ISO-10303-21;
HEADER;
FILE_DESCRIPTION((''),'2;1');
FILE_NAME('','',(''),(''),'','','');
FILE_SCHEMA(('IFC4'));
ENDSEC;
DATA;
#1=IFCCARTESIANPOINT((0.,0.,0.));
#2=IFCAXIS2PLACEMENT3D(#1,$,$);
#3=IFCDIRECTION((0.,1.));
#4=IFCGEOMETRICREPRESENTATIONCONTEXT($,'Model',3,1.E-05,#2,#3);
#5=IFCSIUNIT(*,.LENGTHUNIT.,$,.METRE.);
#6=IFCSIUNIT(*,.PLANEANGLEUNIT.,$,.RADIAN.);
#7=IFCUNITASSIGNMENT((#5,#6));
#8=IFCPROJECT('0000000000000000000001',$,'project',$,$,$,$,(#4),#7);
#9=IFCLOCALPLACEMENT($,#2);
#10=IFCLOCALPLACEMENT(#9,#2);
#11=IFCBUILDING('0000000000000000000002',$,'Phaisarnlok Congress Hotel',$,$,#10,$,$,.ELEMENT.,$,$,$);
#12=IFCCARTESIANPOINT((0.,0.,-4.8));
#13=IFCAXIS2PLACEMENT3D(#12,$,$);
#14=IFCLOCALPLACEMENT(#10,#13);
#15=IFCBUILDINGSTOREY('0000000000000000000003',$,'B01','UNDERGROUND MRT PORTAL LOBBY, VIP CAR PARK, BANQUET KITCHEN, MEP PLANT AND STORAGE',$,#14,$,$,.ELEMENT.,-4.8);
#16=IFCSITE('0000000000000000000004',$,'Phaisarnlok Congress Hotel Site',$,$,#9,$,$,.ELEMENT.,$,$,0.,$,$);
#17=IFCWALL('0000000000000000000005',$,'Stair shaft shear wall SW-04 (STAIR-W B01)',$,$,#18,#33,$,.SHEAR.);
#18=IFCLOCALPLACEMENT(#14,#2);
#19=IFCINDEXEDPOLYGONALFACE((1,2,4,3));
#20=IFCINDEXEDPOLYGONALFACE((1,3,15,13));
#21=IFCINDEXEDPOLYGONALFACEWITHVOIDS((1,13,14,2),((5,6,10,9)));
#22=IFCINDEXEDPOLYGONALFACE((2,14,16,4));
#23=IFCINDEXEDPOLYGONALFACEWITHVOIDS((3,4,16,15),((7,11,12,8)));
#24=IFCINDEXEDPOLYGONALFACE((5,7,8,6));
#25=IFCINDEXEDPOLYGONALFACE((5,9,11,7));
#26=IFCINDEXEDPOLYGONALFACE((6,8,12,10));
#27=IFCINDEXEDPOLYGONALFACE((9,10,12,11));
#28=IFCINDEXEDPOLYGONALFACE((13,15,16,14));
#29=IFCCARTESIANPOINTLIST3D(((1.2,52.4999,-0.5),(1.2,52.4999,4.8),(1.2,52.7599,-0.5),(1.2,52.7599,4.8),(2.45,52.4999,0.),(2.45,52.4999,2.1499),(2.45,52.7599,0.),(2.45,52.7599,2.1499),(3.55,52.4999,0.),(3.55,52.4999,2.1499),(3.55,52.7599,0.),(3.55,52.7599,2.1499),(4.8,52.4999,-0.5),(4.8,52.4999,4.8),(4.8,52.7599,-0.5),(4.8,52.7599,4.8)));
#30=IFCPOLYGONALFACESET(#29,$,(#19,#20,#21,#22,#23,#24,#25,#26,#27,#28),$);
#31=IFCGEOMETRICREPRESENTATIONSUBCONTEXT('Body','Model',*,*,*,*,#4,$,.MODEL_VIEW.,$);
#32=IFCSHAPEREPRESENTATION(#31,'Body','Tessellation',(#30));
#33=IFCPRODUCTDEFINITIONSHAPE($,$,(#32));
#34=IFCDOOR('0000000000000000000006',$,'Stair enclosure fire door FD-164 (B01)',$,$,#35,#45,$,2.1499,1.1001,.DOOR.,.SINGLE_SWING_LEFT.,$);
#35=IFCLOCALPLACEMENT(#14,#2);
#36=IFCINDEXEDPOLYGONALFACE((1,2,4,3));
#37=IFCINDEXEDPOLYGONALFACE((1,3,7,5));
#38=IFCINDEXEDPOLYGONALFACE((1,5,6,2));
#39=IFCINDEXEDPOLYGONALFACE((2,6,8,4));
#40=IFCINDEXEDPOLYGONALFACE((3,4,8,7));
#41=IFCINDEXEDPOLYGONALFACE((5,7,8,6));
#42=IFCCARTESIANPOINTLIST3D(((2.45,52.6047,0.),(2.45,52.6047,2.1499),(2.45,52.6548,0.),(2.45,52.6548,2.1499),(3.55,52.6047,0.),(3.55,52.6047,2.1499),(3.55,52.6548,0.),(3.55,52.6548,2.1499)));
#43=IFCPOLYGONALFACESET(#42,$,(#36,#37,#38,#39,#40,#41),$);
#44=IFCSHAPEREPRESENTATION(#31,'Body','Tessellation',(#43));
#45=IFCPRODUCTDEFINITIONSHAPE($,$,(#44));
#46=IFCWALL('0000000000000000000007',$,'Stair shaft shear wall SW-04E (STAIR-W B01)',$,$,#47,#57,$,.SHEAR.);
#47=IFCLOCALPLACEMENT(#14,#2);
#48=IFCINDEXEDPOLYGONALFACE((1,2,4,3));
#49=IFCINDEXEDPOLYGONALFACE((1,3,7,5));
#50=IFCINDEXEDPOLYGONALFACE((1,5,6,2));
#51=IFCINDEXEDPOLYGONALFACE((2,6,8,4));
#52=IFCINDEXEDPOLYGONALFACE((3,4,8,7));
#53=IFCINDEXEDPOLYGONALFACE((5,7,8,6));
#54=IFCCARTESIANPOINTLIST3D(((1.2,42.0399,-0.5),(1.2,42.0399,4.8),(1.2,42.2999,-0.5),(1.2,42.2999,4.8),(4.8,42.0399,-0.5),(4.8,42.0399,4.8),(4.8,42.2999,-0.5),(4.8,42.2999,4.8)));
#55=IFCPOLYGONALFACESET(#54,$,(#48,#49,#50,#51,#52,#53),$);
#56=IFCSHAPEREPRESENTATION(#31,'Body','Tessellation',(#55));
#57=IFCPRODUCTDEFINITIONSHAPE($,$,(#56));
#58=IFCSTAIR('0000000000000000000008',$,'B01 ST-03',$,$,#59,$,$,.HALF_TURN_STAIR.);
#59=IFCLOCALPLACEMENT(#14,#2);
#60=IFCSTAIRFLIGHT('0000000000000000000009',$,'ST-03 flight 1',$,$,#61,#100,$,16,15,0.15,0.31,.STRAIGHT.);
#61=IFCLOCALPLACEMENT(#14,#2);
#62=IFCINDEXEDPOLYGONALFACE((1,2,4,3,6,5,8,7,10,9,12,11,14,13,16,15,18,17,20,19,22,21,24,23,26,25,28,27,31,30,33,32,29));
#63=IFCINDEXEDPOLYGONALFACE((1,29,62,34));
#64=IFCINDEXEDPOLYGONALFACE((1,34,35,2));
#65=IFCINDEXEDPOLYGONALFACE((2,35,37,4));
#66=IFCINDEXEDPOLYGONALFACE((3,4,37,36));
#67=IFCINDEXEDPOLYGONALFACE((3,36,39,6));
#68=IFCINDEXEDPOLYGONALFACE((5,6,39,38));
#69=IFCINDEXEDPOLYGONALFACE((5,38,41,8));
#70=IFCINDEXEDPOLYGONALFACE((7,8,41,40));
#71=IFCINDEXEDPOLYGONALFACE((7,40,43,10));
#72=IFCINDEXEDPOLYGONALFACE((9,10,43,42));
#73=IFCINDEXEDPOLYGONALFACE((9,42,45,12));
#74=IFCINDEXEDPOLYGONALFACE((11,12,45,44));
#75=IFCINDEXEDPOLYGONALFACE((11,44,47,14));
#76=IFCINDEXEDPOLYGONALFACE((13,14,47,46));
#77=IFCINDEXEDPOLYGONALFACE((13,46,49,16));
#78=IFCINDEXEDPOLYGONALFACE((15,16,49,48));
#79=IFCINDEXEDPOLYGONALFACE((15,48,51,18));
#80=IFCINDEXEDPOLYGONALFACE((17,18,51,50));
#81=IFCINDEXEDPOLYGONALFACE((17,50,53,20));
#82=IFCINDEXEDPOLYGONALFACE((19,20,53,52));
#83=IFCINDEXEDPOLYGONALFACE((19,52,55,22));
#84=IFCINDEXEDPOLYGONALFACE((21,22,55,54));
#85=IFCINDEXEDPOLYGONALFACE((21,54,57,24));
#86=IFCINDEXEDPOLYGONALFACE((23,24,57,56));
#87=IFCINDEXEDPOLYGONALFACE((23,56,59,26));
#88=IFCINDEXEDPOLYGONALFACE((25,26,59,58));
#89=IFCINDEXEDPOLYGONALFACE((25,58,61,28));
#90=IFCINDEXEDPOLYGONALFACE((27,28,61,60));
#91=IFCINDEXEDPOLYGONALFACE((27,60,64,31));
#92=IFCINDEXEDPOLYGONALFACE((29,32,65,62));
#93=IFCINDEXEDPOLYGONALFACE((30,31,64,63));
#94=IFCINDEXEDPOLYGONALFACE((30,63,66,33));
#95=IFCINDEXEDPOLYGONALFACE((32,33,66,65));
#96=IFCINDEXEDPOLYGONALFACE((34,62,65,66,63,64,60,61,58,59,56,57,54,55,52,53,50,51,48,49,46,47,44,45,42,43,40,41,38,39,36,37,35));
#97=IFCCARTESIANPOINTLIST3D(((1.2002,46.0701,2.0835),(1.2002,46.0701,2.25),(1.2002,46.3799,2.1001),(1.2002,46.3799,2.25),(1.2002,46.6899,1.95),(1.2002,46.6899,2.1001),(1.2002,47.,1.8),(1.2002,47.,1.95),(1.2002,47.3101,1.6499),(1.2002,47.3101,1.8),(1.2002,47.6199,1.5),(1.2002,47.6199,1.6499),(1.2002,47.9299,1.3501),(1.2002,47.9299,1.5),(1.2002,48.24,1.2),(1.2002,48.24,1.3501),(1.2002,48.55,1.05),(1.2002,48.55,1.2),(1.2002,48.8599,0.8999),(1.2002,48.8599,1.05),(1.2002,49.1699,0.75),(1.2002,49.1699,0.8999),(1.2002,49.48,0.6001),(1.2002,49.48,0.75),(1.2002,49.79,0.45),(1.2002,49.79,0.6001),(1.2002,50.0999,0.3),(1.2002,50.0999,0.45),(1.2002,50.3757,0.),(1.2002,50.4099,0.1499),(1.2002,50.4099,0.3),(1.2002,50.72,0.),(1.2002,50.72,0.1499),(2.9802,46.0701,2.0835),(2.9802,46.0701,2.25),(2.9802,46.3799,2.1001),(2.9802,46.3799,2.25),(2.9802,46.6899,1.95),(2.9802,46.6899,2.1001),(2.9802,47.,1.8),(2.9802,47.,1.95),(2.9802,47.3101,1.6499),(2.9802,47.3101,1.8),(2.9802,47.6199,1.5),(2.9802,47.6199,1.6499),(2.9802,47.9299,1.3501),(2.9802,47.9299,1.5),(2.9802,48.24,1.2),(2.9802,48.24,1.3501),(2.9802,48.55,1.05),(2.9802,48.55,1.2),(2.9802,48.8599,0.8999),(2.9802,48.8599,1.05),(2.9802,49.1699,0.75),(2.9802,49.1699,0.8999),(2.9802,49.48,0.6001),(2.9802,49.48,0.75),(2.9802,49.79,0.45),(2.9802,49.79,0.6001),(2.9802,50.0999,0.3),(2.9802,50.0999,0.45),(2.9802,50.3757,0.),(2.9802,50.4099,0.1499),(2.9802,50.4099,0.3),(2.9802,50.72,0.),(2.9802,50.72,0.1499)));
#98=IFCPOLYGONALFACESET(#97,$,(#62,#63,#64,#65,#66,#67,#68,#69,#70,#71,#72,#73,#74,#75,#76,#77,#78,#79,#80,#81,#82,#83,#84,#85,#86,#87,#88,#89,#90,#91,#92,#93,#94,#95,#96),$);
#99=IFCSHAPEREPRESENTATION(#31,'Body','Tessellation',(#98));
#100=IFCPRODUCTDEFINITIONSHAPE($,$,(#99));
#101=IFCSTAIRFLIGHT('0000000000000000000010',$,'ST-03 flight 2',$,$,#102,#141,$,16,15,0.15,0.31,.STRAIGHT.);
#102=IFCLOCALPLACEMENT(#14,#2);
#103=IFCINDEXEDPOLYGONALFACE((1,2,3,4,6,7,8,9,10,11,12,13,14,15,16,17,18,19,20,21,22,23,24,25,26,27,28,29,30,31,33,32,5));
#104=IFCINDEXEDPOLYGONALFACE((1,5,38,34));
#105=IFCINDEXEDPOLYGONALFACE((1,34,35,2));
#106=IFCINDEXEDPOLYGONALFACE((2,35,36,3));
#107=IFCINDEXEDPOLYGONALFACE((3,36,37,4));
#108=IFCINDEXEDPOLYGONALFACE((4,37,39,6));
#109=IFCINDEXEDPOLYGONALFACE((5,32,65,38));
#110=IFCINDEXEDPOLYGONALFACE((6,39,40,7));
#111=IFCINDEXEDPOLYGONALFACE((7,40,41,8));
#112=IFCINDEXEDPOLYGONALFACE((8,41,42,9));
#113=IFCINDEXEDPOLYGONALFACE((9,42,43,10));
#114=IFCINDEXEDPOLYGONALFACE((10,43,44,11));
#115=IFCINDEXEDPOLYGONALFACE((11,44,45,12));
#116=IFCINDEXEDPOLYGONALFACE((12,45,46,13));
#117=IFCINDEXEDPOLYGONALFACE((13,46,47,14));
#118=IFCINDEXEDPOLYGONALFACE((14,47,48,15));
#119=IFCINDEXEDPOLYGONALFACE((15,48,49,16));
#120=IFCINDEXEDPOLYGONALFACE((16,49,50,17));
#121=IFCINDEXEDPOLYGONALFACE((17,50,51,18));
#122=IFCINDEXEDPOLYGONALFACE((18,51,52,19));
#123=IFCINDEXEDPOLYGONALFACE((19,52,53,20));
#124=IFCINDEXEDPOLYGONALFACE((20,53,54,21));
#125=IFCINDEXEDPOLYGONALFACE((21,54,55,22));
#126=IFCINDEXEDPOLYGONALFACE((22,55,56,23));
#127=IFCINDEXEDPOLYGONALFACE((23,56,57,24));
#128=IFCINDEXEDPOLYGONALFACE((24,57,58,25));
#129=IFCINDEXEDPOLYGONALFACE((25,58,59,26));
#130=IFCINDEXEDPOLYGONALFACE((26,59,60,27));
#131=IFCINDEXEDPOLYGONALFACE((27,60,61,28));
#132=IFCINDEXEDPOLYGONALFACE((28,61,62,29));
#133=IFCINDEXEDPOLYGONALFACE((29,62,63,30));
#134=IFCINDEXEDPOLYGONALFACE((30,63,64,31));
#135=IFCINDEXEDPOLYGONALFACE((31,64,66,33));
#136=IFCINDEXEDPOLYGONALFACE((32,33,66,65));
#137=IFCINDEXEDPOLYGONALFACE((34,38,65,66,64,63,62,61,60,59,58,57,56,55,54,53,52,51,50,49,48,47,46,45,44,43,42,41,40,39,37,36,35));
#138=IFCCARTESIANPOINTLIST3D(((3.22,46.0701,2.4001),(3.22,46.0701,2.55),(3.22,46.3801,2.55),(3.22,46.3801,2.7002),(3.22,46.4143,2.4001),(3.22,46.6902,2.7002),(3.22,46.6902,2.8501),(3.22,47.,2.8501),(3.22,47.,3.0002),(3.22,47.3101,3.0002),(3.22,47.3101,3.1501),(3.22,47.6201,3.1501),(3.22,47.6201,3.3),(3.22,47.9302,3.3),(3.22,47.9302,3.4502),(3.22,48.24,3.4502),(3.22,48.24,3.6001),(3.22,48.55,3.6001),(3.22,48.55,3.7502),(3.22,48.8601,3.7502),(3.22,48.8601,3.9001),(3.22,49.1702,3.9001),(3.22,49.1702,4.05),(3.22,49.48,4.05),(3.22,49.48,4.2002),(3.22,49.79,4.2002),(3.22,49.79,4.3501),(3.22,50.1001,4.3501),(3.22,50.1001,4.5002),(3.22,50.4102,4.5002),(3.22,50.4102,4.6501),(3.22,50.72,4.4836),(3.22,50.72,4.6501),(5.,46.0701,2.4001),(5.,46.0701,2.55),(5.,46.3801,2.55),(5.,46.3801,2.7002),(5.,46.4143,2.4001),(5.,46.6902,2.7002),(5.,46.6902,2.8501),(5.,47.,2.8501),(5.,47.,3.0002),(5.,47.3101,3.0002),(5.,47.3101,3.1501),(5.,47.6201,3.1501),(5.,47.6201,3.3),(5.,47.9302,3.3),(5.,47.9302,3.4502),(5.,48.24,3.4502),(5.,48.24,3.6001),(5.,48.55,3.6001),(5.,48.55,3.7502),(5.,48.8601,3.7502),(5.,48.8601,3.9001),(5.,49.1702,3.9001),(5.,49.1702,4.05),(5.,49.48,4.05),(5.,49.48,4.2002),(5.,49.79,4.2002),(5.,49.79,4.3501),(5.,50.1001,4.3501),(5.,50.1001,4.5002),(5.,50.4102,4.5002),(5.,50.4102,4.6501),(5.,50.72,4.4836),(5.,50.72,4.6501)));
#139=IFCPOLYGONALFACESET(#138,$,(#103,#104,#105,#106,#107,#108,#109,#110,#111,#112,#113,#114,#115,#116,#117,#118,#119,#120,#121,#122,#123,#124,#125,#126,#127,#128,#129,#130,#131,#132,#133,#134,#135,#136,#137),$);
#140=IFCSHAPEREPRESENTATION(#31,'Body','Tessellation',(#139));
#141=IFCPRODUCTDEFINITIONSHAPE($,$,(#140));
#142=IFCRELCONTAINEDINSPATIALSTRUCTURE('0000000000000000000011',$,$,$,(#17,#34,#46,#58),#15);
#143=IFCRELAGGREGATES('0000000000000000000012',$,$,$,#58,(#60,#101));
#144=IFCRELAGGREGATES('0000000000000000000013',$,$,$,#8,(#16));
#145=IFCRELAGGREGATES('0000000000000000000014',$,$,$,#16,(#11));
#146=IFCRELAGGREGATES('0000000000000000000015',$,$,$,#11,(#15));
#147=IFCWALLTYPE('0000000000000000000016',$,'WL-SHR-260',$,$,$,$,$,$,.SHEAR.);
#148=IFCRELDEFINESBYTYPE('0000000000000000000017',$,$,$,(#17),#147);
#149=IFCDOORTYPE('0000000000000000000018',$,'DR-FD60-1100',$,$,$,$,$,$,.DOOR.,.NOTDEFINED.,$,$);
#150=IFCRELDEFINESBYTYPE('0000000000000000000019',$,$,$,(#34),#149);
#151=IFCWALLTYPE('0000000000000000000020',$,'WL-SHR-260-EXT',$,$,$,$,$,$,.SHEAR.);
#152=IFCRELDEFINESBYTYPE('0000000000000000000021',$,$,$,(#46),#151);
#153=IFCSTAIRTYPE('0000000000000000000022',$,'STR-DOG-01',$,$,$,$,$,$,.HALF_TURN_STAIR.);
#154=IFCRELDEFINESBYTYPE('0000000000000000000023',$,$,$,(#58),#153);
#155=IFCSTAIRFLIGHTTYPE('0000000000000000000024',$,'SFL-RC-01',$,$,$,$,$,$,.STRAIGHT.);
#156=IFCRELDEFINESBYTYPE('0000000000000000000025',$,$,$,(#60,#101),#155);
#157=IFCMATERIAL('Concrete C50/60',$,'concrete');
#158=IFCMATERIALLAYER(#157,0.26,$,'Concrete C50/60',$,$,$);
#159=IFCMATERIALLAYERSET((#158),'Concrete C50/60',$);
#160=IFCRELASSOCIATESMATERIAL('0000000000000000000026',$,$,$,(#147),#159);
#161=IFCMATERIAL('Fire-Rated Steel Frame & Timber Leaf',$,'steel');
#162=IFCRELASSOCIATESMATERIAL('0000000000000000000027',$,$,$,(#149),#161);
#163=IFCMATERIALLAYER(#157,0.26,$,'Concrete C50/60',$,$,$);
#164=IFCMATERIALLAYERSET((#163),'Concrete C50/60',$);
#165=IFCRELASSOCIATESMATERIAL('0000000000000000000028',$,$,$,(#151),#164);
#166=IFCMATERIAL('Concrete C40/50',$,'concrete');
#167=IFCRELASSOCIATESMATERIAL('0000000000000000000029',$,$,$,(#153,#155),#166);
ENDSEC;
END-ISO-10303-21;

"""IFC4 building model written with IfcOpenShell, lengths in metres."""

from ifc_helpers import new_model, si_unit, direction, frame, frame_2d, origin, place, context, subcontext, project, spatial, polyline, rectangle, outline, extrude, material, layer, layer_set, type_object, element, fill, aggregate, save


model = new_model("IFC4")

# Units and contexts
model_context = context("Model", 3, precision=1e-05, world=origin(), true_north=direction((0.0, 1.0)))
body_context = subcontext(model_context, "Body", "Model", "MODEL_VIEW")
ifc_project = project(units=[si_unit("LENGTHUNIT", "METRE"), si_unit("PLANEANGLEUNIT", "RADIAN")], contexts=[model_context])

# Site, building, storey
site_placement = place(None, origin())
site = spatial("IfcSite", under=ifc_project, at=site_placement, Name="Phaisarnlok Congress Hotel Site", CompositionType="ELEMENT", RefElevation=0.0)
building_placement = place(site_placement, origin())
building = spatial("IfcBuilding", under=site, at=building_placement, Name="Phaisarnlok Congress Hotel", CompositionType="ELEMENT")
storey_placement = place(building_placement, frame((0.0, 0.0, -4.8)))
storey = spatial("IfcBuildingStorey", under=building, at=storey_placement, Name="B01", Description="UNDERGROUND MRT PORTAL LOBBY, VIP CAR PARK, BANQUET KITCHEN, MEP PLANT AND STORAGE", CompositionType="ELEMENT", Elevation=-4.8)

# Shared definitions
ifc_material_1 = material(Name="Concrete C40/50", Category="concrete")

# Shared definitions
ifc_material_2 = material(Name="Concrete C50/60", Category="concrete")

# Shared definitions
ifc_layer_1 = layer(ifc_material_2, 0.26, Name="Concrete C50/60")
ifc_layer_set_1 = layer_set([ifc_layer_1], Name="Concrete C50/60")
wall_type_1 = type_object("IfcWallType", Name="WL-SHR-260", PredefinedType="SHEAR", material=ifc_layer_set_1)

# Wall, opening, door
wall_1_placement = place(storey_placement, frame((1.2, 52.6299, -0.5), z_axis=(0.0, 0.0, 1.0), x_axis=(1.0, 0.0, 0.0)))
wall_1 = element("IfcWall", 1, at=wall_1_placement, inside=storey, type_object=wall_type_1, Name="Stair shaft shear wall SW-04 (STAIR-W B01)", PredefinedType="SHEAR", context=body_context, shape_type="SweptSolid", body=[
    extrude(rectangle(XDim=3.6001, YDim=0.26, at=frame_2d((1.8, 0.0))), origin(), (0.0, 0.0, 1.0), 5.3),
])
opening_placement = place(wall_1_placement, frame((1.25, 0.0, 0.5)))
opening = element("IfcOpeningElement", 2, at=opening_placement, cuts=wall_1, PredefinedType="OPENING", context=body_context, shape_type="SweptSolid", body=[
    extrude(rectangle(XDim=1.1001, YDim=2.1499, at=frame_2d((0.55, 1.075))), frame((0.0, 0.1401, 0.0), z_axis=(0.0, -1.0, 0.0), x_axis=(1.0, 0.0, 0.0)), (0.0, 0.0, 1.0), 0.28),
])
ifc_material_3 = material(Name="Fire-Rated Steel Frame & Timber Leaf", Category="steel")
door_type = type_object("IfcDoorType", Name="DR-FD60-1100", OperationType="NOTDEFINED", PredefinedType="DOOR", material=ifc_material_3)
door_placement = place(opening_placement, origin())
door = element("IfcDoor", 3, at=door_placement, inside=storey, type_object=door_type, Name="Stair enclosure fire door FD-164 (B01)", OperationType="SINGLE_SWING_LEFT", OverallHeight=2.1499, OverallWidth=1.1001, PredefinedType="DOOR", context=body_context, shape_type="SweptSolid", body=[
    extrude(rectangle(XDim=1.1001, YDim=2.1499, at=frame_2d((0.55, 1.075))), frame((0.0, 0.0249, 0.0), z_axis=(0.0, -1.0, 0.0), x_axis=(1.0, 0.0, 0.0)), (0.0, 0.0, 1.0), 0.05),
])
fill(opening, door)

# Wall
ifc_layer_2 = layer(ifc_material_2, 0.26, Name="Concrete C50/60")
ifc_layer_set_2 = layer_set([ifc_layer_2], Name="Concrete C50/60")
wall_type_2 = type_object("IfcWallType", Name="WL-SHR-260-EXT", PredefinedType="SHEAR", material=ifc_layer_set_2)
wall_2_placement = place(storey_placement, frame((1.2, 42.1699, -0.5), z_axis=(0.0, 0.0, 1.0), x_axis=(1.0, 0.0, 0.0)))
element("IfcWall", 4, at=wall_2_placement, inside=storey, type_object=wall_type_2, Name="Stair shaft shear wall SW-04E (STAIR-W B01)", PredefinedType="SHEAR", context=body_context, shape_type="SweptSolid", body=[
    extrude(rectangle(XDim=3.6001, YDim=0.26, at=frame_2d((1.8, 0.0))), origin(), (0.0, 0.0, 1.0), 5.3),
])

# Stair, stair flights
stair_type = type_object("IfcStairType", Name="STR-DOG-01", PredefinedType="HALF_TURN_STAIR", material=ifc_material_1)
stair_placement = place(storey_placement, origin())
stair = element("IfcStair", 5, at=stair_placement, inside=storey, type_object=stair_type, Name="B01 ST-03", PredefinedType="HALF_TURN_STAIR")
stair_flight_type = type_object("IfcStairFlightType", Name="SFL-RC-01", PredefinedType="STRAIGHT", material=ifc_material_1)
stair_flight_1_placement = place(storey_placement, frame((2.0901, 50.72, 0.0), z_axis=(0.0, 0.0, 1.0), x_axis=(0.0, -1.0, 0.0)))
stair_flight_1 = element("IfcStairFlight", 6, at=stair_flight_1_placement, type_object=stair_flight_type, Name="ST-03 flight 1", NumberOfRisers=16, NumberOfTreads=15, PredefinedType="STRAIGHT", RiserHeight=0.15, TreadLength=0.31, context=body_context, shape_type="SweptSolid", body=[
    extrude(outline(polyline([(0.0, 0.0), (0.0, 0.1499), (0.3101, 0.1499), (0.3101, 0.3), (0.6201, 0.3), (0.6201, 0.45), (0.9299, 0.45), (0.9299, 0.6001), (1.24, 0.6001), (1.24, 0.75), (1.55, 0.75), (1.55, 0.8999), (1.8601, 0.8999), (1.8601, 1.05), (2.1699, 1.05), (2.1699, 1.2), (2.48, 1.2), (2.48, 1.3501), (2.79, 1.3501), (2.79, 1.5), (3.1001, 1.5), (3.1001, 1.6499), (3.4099, 1.6499), (3.4099, 1.8), (3.72, 1.8), (3.72, 1.95), (4.03, 1.95), (4.03, 2.1001), (4.3401, 2.1001), (4.3401, 2.25), (4.6499, 2.25), (4.6499, 2.3999), (4.6499, 2.0835), (0.3442, 0.0), (0.0, 0.0)])), frame((0.0, 0.8901, 0.0), z_axis=(0.0, -1.0, 0.0), x_axis=(1.0, 0.0, 0.0)), (0.0, 0.0, 1.0), 1.78),
])
stair_flight_2_placement = place(storey_placement, frame((4.1101, 46.0701, 2.4001), z_axis=(0.0, 0.0, 1.0), x_axis=(0.0, 1.0, 0.0)))
stair_flight_2 = element("IfcStairFlight", 7, at=stair_flight_2_placement, type_object=stair_flight_type, Name="ST-03 flight 2", NumberOfRisers=16, NumberOfTreads=15, PredefinedType="STRAIGHT", RiserHeight=0.15, TreadLength=0.31, context=body_context, shape_type="SweptSolid", body=[
    extrude(outline(polyline([(0.0, 0.0), (0.0, 0.1499), (0.3101, 0.1499), (0.3101, 0.3), (0.6201, 0.3), (0.6201, 0.45), (0.9299, 0.45), (0.9299, 0.6001), (1.24, 0.6001), (1.24, 0.75), (1.55, 0.75), (1.55, 0.8999), (1.8601, 0.8999), (1.8601, 1.05), (2.1699, 1.05), (2.1699, 1.2), (2.48, 1.2), (2.48, 1.3501), (2.79, 1.3501), (2.79, 1.5), (3.1001, 1.5), (3.1001, 1.6499), (3.4099, 1.6499), (3.4099, 1.8), (3.72, 1.8), (3.72, 1.95), (4.03, 1.95), (4.03, 2.1001), (4.3401, 2.1001), (4.3401, 2.25), (4.6499, 2.25), (4.6499, 2.3999), (4.6499, 2.0835), (0.3442, 0.0), (0.0, 0.0)])), frame((0.0, 0.8901, 0.0), z_axis=(0.0, -1.0, 0.0), x_axis=(1.0, 0.0, 0.0)), (0.0, 0.0, 1.0), 1.78),
])
aggregate(stair, [stair_flight_1, stair_flight_2])

save(model, "model.ifc")
